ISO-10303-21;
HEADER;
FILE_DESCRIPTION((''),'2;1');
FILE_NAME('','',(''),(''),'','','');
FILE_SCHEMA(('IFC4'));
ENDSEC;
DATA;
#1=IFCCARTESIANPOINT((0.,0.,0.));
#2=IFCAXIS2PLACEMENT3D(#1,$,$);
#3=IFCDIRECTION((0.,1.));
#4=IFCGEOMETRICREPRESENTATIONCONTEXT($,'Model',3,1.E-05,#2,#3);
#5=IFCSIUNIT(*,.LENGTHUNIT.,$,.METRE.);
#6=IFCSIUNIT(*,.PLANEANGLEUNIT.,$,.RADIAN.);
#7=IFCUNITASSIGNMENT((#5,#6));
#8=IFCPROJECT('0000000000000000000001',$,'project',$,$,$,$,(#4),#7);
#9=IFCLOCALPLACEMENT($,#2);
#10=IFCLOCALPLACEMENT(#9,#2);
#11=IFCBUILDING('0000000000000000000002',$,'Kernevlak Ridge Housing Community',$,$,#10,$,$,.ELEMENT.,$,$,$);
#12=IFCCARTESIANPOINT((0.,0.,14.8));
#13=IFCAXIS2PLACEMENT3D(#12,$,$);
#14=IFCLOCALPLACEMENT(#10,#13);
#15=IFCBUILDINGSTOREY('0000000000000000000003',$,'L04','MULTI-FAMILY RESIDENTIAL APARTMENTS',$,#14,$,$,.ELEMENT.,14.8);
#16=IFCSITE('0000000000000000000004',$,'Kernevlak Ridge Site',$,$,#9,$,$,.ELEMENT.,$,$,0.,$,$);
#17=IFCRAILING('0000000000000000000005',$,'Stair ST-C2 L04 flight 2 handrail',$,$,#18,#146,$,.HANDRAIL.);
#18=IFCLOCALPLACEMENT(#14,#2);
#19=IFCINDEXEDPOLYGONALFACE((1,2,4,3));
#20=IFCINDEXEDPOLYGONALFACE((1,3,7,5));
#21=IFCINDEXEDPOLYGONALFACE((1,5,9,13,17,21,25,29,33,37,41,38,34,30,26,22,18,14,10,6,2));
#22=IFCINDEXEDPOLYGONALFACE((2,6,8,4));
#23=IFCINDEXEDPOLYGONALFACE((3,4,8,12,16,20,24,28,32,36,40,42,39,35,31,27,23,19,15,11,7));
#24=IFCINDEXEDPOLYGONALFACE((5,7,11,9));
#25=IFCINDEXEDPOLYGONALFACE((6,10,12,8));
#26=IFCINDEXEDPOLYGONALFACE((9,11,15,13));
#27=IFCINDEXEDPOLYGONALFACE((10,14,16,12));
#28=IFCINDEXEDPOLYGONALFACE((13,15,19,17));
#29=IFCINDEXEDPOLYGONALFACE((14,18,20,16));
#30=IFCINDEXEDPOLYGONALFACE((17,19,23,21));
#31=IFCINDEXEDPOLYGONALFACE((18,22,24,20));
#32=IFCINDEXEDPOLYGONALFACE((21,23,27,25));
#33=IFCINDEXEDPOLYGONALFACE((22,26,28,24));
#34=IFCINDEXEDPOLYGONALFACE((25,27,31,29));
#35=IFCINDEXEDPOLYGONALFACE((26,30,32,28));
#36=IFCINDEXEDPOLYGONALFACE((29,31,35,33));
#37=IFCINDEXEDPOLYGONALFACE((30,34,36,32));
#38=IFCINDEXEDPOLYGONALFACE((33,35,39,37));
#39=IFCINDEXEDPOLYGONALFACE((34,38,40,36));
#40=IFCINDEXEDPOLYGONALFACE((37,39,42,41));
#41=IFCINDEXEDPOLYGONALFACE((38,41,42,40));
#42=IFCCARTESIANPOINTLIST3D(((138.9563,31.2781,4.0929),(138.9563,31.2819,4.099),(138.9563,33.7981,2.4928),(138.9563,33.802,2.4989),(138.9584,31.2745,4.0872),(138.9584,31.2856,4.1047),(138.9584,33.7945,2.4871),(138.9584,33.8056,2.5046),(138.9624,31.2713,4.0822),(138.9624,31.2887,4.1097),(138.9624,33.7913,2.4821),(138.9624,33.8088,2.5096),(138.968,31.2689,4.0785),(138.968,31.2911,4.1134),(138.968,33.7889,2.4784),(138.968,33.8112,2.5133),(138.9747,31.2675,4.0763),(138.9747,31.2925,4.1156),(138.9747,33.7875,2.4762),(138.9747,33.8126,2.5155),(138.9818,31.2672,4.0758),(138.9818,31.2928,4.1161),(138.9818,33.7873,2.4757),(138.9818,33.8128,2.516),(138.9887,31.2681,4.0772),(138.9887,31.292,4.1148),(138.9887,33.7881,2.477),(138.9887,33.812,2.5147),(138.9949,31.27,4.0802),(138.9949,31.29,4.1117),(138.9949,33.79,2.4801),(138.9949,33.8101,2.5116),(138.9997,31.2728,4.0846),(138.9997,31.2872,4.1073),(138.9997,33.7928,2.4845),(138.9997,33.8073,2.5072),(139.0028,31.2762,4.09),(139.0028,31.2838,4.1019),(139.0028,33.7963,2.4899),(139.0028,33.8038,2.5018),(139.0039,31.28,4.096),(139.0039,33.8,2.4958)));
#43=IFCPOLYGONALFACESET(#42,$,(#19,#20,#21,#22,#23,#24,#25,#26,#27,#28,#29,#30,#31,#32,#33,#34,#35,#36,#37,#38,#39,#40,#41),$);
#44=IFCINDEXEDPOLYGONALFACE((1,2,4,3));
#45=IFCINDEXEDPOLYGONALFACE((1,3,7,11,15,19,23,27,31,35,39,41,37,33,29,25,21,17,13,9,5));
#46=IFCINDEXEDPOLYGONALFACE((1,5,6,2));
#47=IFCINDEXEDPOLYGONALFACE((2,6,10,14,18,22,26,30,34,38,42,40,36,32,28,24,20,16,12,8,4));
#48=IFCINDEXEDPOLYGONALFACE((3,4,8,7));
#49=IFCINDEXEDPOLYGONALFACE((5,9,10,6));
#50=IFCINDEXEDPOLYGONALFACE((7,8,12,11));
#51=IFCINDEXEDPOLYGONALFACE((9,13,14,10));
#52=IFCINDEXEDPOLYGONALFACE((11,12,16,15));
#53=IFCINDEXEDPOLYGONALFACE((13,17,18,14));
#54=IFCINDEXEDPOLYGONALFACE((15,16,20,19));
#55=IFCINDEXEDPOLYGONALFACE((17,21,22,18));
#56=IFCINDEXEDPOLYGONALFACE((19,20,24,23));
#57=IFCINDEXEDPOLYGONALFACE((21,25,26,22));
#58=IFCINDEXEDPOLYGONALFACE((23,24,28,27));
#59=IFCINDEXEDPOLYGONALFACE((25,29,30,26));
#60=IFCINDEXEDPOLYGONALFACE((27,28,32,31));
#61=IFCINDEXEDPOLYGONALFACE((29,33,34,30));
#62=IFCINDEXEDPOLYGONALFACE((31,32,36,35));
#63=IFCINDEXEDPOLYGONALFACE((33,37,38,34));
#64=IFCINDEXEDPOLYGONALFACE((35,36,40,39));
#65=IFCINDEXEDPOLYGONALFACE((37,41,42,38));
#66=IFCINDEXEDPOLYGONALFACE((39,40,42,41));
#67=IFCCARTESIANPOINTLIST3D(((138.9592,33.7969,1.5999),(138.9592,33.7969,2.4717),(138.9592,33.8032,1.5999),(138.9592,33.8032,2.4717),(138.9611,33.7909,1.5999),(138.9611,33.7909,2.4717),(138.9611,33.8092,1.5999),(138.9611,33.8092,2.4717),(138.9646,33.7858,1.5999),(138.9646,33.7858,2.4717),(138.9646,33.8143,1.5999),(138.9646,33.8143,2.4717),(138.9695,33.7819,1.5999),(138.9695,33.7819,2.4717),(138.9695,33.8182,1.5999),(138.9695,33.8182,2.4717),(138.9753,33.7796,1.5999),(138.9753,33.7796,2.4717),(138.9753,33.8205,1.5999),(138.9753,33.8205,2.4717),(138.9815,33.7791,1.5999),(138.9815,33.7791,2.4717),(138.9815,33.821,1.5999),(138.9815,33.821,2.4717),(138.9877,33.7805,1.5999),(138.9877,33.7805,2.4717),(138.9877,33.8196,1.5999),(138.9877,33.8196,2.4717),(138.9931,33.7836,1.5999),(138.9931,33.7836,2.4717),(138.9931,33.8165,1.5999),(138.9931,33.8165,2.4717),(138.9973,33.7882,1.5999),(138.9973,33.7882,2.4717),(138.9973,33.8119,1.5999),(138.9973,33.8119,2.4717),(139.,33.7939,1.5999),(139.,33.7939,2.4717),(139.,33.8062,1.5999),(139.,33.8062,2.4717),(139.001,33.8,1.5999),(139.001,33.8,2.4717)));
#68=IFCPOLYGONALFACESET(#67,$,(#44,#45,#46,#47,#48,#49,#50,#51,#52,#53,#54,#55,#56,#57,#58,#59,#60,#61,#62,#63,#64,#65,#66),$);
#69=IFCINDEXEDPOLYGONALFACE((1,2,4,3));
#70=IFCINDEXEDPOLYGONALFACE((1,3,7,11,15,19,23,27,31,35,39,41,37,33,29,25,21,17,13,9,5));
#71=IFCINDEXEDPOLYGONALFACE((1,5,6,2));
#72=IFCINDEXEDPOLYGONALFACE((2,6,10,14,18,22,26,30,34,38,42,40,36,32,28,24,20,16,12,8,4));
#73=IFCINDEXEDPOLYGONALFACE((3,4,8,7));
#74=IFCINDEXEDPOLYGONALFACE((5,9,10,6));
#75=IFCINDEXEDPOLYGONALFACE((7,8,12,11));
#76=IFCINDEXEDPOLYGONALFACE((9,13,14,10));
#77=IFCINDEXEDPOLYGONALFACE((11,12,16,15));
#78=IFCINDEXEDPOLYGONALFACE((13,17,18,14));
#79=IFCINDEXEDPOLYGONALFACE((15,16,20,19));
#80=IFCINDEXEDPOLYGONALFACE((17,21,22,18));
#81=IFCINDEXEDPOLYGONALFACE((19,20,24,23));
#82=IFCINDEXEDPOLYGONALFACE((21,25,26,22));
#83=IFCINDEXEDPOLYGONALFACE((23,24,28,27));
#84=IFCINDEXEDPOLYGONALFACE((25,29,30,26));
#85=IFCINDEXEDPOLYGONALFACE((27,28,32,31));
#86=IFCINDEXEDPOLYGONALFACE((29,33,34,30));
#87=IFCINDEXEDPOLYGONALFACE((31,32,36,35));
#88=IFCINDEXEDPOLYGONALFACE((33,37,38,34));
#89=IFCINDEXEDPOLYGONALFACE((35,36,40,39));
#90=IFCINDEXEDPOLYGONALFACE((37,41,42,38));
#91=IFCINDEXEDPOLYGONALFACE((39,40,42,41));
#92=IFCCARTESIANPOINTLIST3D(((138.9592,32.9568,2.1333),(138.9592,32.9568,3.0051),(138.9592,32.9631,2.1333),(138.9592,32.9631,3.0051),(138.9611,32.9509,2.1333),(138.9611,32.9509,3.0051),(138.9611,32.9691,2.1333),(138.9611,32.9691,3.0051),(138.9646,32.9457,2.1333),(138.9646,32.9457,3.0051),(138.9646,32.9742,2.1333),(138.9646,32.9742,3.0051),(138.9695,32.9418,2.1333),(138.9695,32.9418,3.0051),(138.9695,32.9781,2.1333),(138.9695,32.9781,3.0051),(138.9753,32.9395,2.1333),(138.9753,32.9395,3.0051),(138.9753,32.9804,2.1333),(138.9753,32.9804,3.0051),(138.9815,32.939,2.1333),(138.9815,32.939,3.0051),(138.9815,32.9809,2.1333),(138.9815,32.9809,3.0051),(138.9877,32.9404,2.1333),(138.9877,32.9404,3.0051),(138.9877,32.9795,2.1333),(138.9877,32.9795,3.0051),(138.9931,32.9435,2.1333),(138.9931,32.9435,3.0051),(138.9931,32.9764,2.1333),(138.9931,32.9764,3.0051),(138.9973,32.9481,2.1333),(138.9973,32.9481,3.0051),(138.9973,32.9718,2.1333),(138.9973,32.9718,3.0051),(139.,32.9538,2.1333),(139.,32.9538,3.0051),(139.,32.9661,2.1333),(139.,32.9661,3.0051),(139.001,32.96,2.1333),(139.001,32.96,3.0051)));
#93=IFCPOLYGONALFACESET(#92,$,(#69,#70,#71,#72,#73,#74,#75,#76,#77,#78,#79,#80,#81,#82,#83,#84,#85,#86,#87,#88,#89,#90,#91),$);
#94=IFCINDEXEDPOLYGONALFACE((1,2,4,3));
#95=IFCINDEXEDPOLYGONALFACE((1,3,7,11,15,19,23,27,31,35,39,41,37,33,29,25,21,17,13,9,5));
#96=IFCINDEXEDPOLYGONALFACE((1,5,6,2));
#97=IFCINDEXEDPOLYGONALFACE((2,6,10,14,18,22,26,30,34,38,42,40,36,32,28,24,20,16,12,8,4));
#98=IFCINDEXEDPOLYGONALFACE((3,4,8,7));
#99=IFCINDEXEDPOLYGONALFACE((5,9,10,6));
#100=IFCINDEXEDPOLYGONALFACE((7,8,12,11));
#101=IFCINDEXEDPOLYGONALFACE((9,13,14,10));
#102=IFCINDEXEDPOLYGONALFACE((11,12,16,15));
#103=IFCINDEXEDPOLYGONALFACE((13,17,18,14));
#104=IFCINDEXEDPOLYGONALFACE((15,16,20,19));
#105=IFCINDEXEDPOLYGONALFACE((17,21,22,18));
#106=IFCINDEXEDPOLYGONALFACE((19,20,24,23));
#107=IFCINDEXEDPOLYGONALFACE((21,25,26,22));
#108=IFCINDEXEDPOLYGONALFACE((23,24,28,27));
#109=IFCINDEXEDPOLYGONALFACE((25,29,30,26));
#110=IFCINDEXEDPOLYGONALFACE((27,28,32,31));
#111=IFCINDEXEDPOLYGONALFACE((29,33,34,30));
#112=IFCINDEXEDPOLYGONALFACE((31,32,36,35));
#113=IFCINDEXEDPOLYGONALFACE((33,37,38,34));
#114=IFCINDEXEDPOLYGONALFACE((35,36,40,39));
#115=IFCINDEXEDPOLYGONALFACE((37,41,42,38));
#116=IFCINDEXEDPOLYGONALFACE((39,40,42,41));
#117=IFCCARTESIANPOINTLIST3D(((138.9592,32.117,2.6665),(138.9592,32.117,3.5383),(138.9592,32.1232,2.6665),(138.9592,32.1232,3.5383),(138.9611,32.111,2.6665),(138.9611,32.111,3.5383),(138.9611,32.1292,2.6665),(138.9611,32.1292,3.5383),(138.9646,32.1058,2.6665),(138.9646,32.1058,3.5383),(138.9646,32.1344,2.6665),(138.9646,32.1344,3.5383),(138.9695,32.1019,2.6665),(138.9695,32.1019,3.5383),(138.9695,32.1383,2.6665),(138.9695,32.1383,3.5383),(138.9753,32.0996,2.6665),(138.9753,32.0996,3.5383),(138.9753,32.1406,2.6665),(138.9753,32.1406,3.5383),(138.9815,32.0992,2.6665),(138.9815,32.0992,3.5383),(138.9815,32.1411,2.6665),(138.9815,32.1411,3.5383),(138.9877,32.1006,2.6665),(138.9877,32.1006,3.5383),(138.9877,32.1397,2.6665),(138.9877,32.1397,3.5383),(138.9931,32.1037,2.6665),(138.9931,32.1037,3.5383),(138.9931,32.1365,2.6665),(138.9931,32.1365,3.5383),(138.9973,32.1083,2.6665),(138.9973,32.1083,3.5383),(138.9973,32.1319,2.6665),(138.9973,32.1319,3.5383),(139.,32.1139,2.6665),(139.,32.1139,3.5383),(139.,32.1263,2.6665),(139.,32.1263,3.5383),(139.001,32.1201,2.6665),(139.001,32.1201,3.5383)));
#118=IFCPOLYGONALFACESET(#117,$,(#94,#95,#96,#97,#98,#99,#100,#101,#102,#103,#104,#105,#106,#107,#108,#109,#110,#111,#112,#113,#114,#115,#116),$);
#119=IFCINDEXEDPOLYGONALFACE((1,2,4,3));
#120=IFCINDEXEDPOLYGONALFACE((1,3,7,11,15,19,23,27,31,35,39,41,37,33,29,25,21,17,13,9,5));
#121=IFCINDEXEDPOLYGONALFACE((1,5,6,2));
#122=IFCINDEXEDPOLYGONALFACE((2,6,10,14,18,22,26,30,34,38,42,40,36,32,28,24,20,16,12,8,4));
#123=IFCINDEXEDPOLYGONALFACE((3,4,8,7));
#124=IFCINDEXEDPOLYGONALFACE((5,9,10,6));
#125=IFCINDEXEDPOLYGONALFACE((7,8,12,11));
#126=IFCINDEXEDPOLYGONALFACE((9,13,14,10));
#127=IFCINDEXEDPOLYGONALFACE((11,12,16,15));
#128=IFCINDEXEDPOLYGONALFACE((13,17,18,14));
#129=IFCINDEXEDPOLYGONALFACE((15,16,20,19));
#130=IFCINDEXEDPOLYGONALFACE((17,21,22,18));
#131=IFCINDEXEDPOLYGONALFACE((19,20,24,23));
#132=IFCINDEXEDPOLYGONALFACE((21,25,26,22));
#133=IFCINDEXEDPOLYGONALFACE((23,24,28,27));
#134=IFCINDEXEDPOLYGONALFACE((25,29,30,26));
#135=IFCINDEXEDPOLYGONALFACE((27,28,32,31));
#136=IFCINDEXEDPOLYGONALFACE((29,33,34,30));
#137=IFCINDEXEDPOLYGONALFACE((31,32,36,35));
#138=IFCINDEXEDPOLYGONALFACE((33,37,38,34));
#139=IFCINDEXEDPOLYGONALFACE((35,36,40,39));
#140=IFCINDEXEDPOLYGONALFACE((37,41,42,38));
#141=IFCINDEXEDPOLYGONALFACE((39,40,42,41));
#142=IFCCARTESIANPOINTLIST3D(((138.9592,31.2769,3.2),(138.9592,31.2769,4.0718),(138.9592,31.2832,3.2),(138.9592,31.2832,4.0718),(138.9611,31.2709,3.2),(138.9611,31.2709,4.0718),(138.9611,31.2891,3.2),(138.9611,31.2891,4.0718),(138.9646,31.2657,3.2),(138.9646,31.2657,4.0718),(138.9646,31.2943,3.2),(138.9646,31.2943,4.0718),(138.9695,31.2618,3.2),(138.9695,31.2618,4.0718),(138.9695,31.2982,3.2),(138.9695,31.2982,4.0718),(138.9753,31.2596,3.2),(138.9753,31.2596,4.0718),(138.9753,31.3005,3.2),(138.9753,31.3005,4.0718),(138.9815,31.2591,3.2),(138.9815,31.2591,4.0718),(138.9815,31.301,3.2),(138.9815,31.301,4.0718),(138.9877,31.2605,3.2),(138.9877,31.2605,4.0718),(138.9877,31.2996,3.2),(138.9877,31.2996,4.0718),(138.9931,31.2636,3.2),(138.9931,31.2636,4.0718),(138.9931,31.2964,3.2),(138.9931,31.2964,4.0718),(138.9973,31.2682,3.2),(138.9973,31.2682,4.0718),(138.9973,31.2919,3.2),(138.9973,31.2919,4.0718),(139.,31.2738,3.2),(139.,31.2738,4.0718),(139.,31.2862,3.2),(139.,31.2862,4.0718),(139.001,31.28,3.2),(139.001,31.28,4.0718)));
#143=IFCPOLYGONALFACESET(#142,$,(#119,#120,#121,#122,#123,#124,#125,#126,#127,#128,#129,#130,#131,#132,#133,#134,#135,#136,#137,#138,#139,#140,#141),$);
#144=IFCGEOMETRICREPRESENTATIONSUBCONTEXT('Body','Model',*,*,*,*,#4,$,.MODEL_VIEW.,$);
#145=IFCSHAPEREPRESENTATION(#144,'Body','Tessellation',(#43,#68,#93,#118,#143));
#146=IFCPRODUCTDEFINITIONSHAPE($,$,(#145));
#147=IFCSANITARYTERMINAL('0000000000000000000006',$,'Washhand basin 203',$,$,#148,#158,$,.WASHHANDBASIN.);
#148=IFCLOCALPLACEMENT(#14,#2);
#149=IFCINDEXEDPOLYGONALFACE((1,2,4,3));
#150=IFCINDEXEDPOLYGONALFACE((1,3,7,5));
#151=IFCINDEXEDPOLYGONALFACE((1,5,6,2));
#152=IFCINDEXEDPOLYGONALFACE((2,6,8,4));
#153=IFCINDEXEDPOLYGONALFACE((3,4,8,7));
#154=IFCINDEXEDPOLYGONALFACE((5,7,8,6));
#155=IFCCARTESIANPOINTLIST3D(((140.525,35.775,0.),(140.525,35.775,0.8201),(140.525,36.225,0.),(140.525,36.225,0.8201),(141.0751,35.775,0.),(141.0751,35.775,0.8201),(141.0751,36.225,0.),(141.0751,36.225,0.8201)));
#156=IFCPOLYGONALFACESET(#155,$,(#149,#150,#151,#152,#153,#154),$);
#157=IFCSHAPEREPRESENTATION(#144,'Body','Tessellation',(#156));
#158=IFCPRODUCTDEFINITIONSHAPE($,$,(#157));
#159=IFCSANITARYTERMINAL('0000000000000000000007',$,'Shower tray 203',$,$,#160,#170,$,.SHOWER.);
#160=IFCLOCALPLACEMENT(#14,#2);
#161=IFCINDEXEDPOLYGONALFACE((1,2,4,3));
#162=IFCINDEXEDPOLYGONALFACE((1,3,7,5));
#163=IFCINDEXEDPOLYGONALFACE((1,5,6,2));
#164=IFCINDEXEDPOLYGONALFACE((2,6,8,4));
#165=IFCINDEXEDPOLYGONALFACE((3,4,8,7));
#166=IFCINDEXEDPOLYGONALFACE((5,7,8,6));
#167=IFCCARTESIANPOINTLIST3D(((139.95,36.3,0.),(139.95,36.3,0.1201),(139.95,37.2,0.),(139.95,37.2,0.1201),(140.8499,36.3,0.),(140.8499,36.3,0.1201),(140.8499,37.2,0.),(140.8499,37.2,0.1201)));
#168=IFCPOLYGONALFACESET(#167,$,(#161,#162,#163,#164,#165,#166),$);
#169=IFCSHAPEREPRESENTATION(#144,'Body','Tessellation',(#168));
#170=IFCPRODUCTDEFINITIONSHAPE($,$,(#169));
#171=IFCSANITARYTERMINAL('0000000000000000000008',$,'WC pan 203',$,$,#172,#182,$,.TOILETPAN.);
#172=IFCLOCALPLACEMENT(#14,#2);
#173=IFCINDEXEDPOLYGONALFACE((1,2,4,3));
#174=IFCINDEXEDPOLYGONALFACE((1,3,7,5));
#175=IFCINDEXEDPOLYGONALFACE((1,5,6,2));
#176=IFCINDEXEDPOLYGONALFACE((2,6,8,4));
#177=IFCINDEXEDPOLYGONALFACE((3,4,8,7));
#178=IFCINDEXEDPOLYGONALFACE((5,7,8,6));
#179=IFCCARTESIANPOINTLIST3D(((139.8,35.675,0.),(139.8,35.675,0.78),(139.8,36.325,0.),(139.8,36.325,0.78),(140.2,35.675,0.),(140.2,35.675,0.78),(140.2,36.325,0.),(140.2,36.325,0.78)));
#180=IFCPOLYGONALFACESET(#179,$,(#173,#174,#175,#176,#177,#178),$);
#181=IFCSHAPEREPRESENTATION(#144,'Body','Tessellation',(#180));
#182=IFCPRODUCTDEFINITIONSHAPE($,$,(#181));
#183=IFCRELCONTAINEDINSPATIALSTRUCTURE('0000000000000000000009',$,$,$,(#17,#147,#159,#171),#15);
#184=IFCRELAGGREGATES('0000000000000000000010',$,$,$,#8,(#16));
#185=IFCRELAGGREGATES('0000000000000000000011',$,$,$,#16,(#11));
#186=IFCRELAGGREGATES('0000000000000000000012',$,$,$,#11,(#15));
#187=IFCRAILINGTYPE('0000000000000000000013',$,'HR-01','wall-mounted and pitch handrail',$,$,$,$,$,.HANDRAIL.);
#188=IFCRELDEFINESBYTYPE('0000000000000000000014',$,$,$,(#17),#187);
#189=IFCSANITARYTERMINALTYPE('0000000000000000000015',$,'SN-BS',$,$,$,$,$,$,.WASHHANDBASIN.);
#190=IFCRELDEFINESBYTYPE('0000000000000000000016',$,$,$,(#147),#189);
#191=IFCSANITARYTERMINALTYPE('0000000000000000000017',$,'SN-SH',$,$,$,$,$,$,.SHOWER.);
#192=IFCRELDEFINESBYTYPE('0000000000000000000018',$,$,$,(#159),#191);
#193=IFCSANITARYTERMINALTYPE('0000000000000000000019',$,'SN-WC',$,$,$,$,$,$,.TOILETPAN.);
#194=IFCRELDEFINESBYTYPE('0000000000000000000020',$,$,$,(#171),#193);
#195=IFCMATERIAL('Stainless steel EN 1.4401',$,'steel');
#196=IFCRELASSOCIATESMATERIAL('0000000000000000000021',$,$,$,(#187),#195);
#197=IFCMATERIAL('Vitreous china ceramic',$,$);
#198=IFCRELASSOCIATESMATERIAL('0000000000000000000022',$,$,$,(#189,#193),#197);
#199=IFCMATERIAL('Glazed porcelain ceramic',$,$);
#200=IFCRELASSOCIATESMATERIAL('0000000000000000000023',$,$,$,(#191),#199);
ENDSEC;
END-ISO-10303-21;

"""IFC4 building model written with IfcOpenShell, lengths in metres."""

from ifc_helpers import new_model, si_unit, direction, frame, origin, origin_2d, place, context, subcontext, project, spatial, rectangle, circle, extrude, material, type_object, element, save


model = new_model("IFC4")

# Units and contexts
model_context = context("Model", 3, precision=1e-05, world=origin(), true_north=direction((0.0, 1.0)))
body_context = subcontext(model_context, "Body", "Model", "MODEL_VIEW")
ifc_project = project(units=[si_unit("LENGTHUNIT", "METRE"), si_unit("PLANEANGLEUNIT", "RADIAN")], contexts=[model_context])

# Site, building, storey
site_placement = place(None, origin())
site = spatial("IfcSite", under=ifc_project, at=site_placement, Name="Kernevlak Ridge Site", CompositionType="ELEMENT", RefElevation=0.0)
building_placement = place(site_placement, origin())
building = spatial("IfcBuilding", under=site, at=building_placement, Name="Kernevlak Ridge Housing Community", CompositionType="ELEMENT")
storey_placement = place(building_placement, frame((0.0, 0.0, 14.8)))
storey = spatial("IfcBuildingStorey", under=building, at=storey_placement, Name="L04", Description="MULTI-FAMILY RESIDENTIAL APARTMENTS", CompositionType="ELEMENT", Elevation=14.8)

# Railing
ifc_material_1 = material(Name="Stainless steel EN 1.4401", Category="steel")
railing_type_1 = type_object("IfcRailingType", Name="HR-01", Description="wall-mounted and pitch handrail", PredefinedType="HANDRAIL", material=ifc_material_1)
railing_1_placement = place(storey_placement, frame((138.98, 33.8, 1.5999)))
element("IfcRailing", 1, at=railing_1_placement, inside=storey, type_object=railing_type_1, Name="Stair ST-C2 L04 flight 2 handrail", PredefinedType="HANDRAIL", context=body_context, shape_type="SweptSolid", body=[
    extrude(circle(Radius=0.0239, at=origin_2d()), frame((0.0, 0.0, 0.896), z_axis=(0.0, -0.8442, 0.536028), x_axis=(1.0, 0.0, 0.0)), (0.0, 0.0, 1.0), 2.9851),
    extrude(circle(Radius=0.021, at=origin_2d()), origin(), (0.0, 0.0, 1.0), 0.8718),
    extrude(circle(Radius=0.021, at=origin_2d()), frame((0.0, -0.8401, 0.5334)), (0.0, 0.0, 1.0), 0.8718),
    extrude(circle(Radius=0.021, at=origin_2d()), frame((0.0, -1.6799, 1.0667)), (0.0, 0.0, 1.0), 0.8718),
    extrude(circle(Radius=0.021, at=origin_2d()), frame((0.0, -2.52, 1.6001)), (0.0, 0.0, 1.0), 0.8718),
])

# Sanitary terminals
ifc_material_2 = material(Name="Vitreous china ceramic")
sanitary_terminal_type_1 = type_object("IfcSanitaryTerminalType", Name="SN-BS", PredefinedType="WASHHANDBASIN", material=ifc_material_2)
sanitary_terminal_1_placement = place(storey_placement, frame((140.8, 36.0, 0.0), z_axis=(0.0, 0.0, 1.0), x_axis=(1.0, 0.0, 0.0)))
element("IfcSanitaryTerminal", 2, at=sanitary_terminal_1_placement, inside=storey, type_object=sanitary_terminal_type_1, Name="Washhand basin 203", PredefinedType="WASHHANDBASIN", context=body_context, shape_type="SweptSolid", body=[
    extrude(rectangle(XDim=0.55, YDim=0.45, at=origin_2d()), origin(), (0.0, 0.0, 1.0), 0.8201),
])
ifc_material_3 = material(Name="Glazed porcelain ceramic")
sanitary_terminal_type_2 = type_object("IfcSanitaryTerminalType", Name="SN-SH", PredefinedType="SHOWER", material=ifc_material_3)
sanitary_terminal_2_placement = place(storey_placement, frame((140.3999, 36.75, 0.0), z_axis=(0.0, 0.0, 1.0), x_axis=(1.0, 0.0, 0.0)))
element("IfcSanitaryTerminal", 3, at=sanitary_terminal_2_placement, inside=storey, type_object=sanitary_terminal_type_2, Name="Shower tray 203", PredefinedType="SHOWER", context=body_context, shape_type="SweptSolid", body=[
    extrude(rectangle(XDim=0.8999, YDim=0.8999, at=origin_2d()), origin(), (0.0, 0.0, 1.0), 0.1201),
])
sanitary_terminal_type_3 = type_object("IfcSanitaryTerminalType", Name="SN-WC", PredefinedType="TOILETPAN", material=ifc_material_2)
sanitary_terminal_3_placement = place(storey_placement, frame((140.0, 36.0, 0.0), z_axis=(0.0, 0.0, 1.0), x_axis=(1.0, 0.0, 0.0)))
element("IfcSanitaryTerminal", 4, at=sanitary_terminal_3_placement, inside=storey, type_object=sanitary_terminal_type_3, Name="WC pan 203", PredefinedType="TOILETPAN", context=body_context, shape_type="SweptSolid", body=[
    extrude(rectangle(XDim=0.3999, YDim=0.6499, at=origin_2d()), origin(), (0.0, 0.0, 1.0), 0.78),
])

save(model, "model.ifc")
